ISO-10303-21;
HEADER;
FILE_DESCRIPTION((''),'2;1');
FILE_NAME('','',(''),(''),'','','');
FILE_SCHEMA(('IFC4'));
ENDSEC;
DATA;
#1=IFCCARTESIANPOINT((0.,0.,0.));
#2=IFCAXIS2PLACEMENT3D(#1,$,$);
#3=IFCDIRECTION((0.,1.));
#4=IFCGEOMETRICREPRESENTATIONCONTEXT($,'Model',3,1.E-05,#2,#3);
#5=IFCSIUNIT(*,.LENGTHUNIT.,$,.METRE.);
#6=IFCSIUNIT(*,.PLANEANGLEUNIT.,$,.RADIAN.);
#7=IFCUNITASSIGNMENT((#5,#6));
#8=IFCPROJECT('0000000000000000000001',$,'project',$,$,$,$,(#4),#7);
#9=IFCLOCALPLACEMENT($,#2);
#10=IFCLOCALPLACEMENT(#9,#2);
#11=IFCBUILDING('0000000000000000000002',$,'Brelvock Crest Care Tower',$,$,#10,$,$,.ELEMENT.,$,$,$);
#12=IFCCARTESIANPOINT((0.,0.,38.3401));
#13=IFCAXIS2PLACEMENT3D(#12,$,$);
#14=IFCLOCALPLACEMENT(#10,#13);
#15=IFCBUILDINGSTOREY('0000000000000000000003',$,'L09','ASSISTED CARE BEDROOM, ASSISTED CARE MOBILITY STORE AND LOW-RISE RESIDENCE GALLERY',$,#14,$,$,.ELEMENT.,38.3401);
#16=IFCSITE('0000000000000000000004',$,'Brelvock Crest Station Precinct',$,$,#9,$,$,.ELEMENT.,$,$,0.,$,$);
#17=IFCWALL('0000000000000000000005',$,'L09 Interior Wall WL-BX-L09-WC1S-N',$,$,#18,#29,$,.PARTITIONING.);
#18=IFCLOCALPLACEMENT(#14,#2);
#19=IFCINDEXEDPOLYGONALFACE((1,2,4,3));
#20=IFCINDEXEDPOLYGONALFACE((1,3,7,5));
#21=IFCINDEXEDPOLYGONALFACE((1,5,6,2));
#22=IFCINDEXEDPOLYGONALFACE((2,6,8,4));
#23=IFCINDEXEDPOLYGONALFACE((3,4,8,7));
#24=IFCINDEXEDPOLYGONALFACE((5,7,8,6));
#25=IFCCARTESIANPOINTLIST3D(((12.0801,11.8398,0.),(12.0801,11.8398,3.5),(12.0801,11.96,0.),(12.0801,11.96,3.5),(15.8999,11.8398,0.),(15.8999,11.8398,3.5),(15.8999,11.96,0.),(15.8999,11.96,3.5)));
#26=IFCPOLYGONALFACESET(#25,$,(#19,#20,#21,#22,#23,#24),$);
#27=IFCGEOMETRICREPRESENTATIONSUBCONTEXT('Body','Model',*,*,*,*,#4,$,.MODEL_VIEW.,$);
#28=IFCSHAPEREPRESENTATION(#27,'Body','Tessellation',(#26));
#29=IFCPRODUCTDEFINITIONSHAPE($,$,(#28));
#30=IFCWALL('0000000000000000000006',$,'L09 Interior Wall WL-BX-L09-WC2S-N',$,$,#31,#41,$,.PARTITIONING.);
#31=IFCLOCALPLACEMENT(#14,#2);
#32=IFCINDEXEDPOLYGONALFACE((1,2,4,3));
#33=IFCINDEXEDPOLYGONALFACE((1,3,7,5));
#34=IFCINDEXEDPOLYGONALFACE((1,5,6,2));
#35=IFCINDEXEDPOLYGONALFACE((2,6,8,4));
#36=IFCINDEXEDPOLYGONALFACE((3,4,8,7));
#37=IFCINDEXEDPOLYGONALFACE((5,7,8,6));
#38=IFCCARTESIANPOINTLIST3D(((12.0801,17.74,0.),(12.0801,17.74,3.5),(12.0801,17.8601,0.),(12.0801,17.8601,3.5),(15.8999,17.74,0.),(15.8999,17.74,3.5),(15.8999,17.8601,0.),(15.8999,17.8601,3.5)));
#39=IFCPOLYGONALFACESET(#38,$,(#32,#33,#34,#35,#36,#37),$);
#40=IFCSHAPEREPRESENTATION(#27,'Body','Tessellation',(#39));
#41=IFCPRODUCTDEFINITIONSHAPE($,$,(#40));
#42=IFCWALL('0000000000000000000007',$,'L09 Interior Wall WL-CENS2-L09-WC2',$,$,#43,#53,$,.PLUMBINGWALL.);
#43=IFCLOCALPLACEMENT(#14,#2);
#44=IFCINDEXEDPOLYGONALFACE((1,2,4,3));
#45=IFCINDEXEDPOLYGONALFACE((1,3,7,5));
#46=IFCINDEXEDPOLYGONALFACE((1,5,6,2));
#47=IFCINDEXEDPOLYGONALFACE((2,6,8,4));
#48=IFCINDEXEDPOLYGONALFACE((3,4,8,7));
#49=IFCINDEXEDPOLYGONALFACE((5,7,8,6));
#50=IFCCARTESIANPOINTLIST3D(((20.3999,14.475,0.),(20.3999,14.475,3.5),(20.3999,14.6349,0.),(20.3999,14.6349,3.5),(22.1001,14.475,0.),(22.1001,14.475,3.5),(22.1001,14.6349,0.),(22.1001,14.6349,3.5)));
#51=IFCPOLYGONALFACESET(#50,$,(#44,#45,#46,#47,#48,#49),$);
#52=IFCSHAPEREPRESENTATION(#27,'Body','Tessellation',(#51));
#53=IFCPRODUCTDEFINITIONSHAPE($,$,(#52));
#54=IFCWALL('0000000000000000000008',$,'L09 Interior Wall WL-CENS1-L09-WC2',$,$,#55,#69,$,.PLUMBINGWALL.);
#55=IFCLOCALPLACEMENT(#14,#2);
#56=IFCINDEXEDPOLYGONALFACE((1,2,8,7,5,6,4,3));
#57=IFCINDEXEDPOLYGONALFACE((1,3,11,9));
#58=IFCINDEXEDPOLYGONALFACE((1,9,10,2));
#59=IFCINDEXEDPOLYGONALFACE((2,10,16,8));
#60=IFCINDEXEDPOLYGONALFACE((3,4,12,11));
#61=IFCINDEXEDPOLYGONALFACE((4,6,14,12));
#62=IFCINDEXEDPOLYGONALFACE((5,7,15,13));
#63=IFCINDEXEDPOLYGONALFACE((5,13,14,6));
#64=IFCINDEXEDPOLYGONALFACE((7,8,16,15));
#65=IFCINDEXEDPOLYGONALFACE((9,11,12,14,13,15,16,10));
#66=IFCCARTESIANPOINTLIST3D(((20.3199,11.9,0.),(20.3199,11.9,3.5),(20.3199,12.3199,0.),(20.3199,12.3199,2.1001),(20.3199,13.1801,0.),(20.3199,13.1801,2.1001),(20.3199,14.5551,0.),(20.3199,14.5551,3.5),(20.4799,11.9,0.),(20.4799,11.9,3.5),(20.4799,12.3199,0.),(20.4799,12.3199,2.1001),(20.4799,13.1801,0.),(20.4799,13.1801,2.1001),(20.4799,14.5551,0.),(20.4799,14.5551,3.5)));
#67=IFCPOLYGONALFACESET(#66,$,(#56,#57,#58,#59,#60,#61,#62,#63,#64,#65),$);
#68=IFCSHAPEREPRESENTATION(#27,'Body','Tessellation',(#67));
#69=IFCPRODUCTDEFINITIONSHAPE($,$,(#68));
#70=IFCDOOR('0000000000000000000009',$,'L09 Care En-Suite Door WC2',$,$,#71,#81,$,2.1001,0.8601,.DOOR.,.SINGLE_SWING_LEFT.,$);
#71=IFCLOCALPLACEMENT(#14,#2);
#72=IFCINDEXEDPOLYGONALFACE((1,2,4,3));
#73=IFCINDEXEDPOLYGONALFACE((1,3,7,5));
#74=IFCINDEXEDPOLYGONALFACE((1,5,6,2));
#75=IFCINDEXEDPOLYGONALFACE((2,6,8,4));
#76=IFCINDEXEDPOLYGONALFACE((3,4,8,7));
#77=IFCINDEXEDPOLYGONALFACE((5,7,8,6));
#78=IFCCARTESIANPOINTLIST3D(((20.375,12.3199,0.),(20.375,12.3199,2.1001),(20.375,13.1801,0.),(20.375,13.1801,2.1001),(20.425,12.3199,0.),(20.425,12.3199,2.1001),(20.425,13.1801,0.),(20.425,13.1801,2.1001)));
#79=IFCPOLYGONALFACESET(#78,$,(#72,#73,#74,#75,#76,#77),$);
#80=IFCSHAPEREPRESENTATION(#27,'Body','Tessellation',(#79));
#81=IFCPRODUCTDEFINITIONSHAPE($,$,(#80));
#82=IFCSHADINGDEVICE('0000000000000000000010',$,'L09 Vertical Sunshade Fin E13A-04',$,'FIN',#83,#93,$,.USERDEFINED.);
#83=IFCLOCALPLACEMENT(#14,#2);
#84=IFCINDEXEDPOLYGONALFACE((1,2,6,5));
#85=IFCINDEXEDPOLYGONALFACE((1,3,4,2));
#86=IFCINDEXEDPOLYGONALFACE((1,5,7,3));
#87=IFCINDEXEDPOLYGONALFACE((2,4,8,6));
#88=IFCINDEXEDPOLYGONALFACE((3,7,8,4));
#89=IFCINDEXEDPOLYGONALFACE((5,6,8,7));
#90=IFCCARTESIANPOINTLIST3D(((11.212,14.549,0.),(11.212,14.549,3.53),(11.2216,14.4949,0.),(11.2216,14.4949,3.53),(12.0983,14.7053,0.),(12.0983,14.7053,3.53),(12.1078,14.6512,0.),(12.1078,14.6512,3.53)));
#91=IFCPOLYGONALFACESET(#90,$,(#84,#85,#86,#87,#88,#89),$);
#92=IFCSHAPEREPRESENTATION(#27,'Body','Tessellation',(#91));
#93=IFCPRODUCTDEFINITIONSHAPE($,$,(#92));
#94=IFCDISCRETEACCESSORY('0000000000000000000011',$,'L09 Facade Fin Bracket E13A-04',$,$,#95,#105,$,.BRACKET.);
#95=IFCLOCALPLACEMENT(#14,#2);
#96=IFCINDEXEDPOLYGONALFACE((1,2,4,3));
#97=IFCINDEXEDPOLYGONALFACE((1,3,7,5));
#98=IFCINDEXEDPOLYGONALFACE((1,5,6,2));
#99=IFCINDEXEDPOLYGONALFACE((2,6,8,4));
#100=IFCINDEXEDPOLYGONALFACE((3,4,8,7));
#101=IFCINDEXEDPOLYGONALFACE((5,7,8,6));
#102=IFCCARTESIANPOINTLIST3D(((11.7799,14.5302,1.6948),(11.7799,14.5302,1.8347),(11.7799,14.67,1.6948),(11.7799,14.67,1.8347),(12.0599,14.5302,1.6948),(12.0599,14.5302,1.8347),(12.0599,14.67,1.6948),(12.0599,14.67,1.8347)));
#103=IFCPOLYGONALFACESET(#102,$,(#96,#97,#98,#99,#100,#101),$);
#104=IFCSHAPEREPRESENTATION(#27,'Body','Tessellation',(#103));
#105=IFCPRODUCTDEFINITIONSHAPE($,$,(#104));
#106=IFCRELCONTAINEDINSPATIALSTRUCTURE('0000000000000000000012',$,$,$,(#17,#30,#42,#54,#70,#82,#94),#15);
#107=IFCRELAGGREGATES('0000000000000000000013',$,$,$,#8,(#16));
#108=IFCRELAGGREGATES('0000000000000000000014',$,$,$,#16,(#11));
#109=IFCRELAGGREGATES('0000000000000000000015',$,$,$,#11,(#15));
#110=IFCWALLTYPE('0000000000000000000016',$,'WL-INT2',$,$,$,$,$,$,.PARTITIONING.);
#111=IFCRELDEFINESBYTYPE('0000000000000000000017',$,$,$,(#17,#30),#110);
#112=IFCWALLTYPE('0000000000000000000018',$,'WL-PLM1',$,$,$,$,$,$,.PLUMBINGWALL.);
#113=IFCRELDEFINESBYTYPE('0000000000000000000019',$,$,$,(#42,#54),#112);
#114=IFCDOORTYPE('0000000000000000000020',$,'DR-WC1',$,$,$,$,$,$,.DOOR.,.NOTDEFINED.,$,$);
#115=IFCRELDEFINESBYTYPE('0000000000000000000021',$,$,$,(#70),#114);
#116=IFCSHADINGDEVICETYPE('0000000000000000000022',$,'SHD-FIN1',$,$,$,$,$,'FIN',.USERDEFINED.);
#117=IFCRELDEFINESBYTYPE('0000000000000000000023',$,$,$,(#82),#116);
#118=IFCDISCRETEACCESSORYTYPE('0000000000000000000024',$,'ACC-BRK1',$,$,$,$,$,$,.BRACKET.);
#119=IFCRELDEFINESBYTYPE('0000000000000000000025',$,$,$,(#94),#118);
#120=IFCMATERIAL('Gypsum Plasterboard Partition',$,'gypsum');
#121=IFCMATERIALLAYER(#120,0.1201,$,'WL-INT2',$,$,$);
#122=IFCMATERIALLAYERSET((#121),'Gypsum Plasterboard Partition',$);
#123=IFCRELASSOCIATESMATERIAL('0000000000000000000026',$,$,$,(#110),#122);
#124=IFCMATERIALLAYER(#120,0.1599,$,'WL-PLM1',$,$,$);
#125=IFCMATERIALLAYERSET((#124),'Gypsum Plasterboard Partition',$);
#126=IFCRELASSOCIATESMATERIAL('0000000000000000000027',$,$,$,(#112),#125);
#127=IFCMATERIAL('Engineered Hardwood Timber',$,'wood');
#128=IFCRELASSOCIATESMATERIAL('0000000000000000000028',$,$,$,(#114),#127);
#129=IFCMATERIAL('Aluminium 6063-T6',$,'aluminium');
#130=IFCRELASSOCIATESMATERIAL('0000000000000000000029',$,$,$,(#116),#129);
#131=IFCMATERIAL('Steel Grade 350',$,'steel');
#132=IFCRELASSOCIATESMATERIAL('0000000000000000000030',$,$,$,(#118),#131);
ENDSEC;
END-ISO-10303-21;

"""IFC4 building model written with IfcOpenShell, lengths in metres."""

from ifc_helpers import new_model, si_unit, direction, frame, frame_2d, origin, origin_2d, place, context, subcontext, project, spatial, rectangle, extrude, source, transform, mapped, material, layer, layer_set, material_profile, profile_set, type_object, element, fill, save


model = new_model("IFC4")

# Units and contexts
model_context = context("Model", 3, precision=1e-05, world=origin(), true_north=direction((0.0, 1.0)))
body_context = subcontext(model_context, "Body", "Model", "MODEL_VIEW")
ifc_project = project(units=[si_unit("LENGTHUNIT", "METRE"), si_unit("PLANEANGLEUNIT", "RADIAN")], contexts=[model_context])

# Site, building, storey
site_placement = place(None, origin())
site = spatial("IfcSite", under=ifc_project, at=site_placement, Name="Brelvock Crest Station Precinct", CompositionType="ELEMENT", RefElevation=0.0)
building_placement = place(site_placement, origin())
building = spatial("IfcBuilding", under=site, at=building_placement, Name="Brelvock Crest Care Tower", CompositionType="ELEMENT")
storey_placement = place(building_placement, frame((0.0, 0.0, 38.3401)))
storey = spatial("IfcBuildingStorey", under=building, at=storey_placement, Name="L09", Description="ASSISTED CARE BEDROOM, ASSISTED CARE MOBILITY STORE AND LOW-RISE RESIDENCE GALLERY", CompositionType="ELEMENT", Elevation=38.3401)

# Shared definitions
ifc_material_1 = material(Name="Aluminium 6063-T6", Category="aluminium")

# Shared definitions
ifc_material_2 = material(Name="Engineered Hardwood Timber", Category="wood")

# Walls
ifc_material_3 = material(Name="Gypsum Plasterboard Partition", Category="gypsum")
ifc_layer_1 = layer(ifc_material_3, 0.1201, Name="WL-INT2")
ifc_layer_set_1 = layer_set([ifc_layer_1], Name="Gypsum Plasterboard Partition")
wall_type_1 = type_object("IfcWallType", Name="WL-INT2", PredefinedType="PARTITIONING", material=ifc_layer_set_1)
for number, where, z_axis, x_axis, name in (
    (1, (12.0801, 11.8999, 0.0), (0.0, 0.0, 1.0), (1.0, 0.0, 0.0), "L09 Interior Wall WL-BX-L09-WC1S-N"),
    (2, (12.0801, 17.8, 0.0), (0.0, 0.0, 1.0), (1.0, 0.0, 0.0), "L09 Interior Wall WL-BX-L09-WC2S-N"),
):
    element("IfcWall", number, at=place(storey_placement, frame(where, z_axis=z_axis, x_axis=x_axis)), inside=storey, type_object=wall_type_1, Name=name, PredefinedType="PARTITIONING", context=body_context, shape_type="SweptSolid", body=[
        extrude(rectangle(XDim=3.8198, YDim=0.1201, at=frame_2d((1.9099, 0.0))), origin(), (0.0, 0.0, 1.0), 3.5),
    ])
ifc_layer_2 = layer(ifc_material_3, 0.1599, Name="WL-PLM1")
ifc_layer_set_2 = layer_set([ifc_layer_2], Name="Gypsum Plasterboard Partition")
wall_type_2 = type_object("IfcWallType", Name="WL-PLM1", PredefinedType="PLUMBINGWALL", material=ifc_layer_set_2)
wall_1_placement = place(storey_placement, frame((20.3999, 14.5549, 0.0), z_axis=(0.0, 0.0, 1.0), x_axis=(1.0, 0.0, 0.0)))
element("IfcWall", 3, at=wall_1_placement, inside=storey, type_object=wall_type_2, Name="L09 Interior Wall WL-CENS2-L09-WC2", PredefinedType="PLUMBINGWALL", context=body_context, shape_type="SweptSolid", body=[
    extrude(rectangle(XDim=1.7002, YDim=0.1599, at=frame_2d((0.8501, 0.0))), origin(), (0.0, 0.0, 1.0), 3.5),
])

# Wall, opening, door
wall_2_placement = place(storey_placement, frame((20.3999, 11.8999, 0.0), z_axis=(0.0, 0.0, 1.0), x_axis=(0.0, 1.0, 0.0)))
wall_2 = element("IfcWall", 4, at=wall_2_placement, inside=storey, type_object=wall_type_2, Name="L09 Interior Wall WL-CENS1-L09-WC2", PredefinedType="PLUMBINGWALL", context=body_context, shape_type="SweptSolid", body=[
    extrude(rectangle(XDim=2.655, YDim=0.1599, at=frame_2d((1.3276, 0.0))), origin(), (0.0, 0.0, 1.0), 3.5),
])
opening_1_placement = place(wall_2_placement, frame((0.4199, 0.0, 0.0)))
opening_1 = element("IfcOpeningElement", 5, at=opening_1_placement, cuts=wall_2, PredefinedType="OPENING", context=body_context, shape_type="SweptSolid", body=[
    extrude(rectangle(XDim=0.8601, YDim=2.1001, at=origin_2d()), frame((0.4302, 0.0898, 1.05), z_axis=(0.0, -1.0, 0.0), x_axis=(1.0, 0.0, 0.0)), (0.0, 0.0, 1.0), 0.1799),
])
door_type_1 = type_object("IfcDoorType", Name="DR-WC1", OperationType="NOTDEFINED", PredefinedType="DOOR", material=ifc_material_2)
shared_shape_1 = source(origin(), body_context, "Body", "SweptSolid", [
    extrude(rectangle(XDim=0.8601, YDim=2.1001, at=origin_2d()), frame((0.4302, 0.0249, 1.05), z_axis=(0.0, -1.0, 0.0), x_axis=(1.0, 0.0, 0.0)), (0.0, 0.0, 1.0), 0.05),
])
door_1_placement = place(opening_1_placement, origin())
door_1 = element("IfcDoor", 6, at=door_1_placement, inside=storey, type_object=door_type_1, Name="L09 Care En-Suite Door WC2", OperationType="SINGLE_SWING_LEFT", OverallHeight=2.1001, OverallWidth=0.8601, PredefinedType="DOOR", context=body_context, shape_type="MappedRepresentation", body=[
    mapped(shared_shape_1, transform((0.0, 0.0, 0.0), x_axis=(1.0, 0.0, 0.0), y_axis=(0.0, 1.0, 0.0), z_axis=(0.0, 0.0, 1.0), scale=1.0)),
])
fill(opening_1, door_1)

# Shading device
ifc_material_profile_1 = material_profile(ifc_material_1, rectangle(XDim=0.0549, YDim=0.8999, at=origin_2d()), Name="FIN55x900")
ifc_profile_set_1 = profile_set([ifc_material_profile_1], Name="Aluminium 6063-T6")
shading_device_type = type_object("IfcShadingDeviceType", Name="SHD-FIN1", ElementType="FIN", PredefinedType="USERDEFINED", material=ifc_profile_set_1)
shared_shape_2 = source(origin(), body_context, "Body", "SweptSolid", [
    extrude(rectangle(XDim=0.0549, YDim=0.8999, at=origin_2d()), origin(), (0.0, 0.0, 1.0), 3.53),
])
shading_device_placement = place(storey_placement, frame((11.6599, 14.6001, 0.0), z_axis=(0.0, 0.0, 1.0), x_axis=(-0.173648, 0.984808, 0.0)))
element("IfcShadingDevice", 7, at=shading_device_placement, inside=storey, type_object=shading_device_type, Name="L09 Vertical Sunshade Fin E13A-04", ObjectType="FIN", PredefinedType="USERDEFINED", context=body_context, shape_type="MappedRepresentation", body=[
    mapped(shared_shape_2, transform((0.0, 0.0, 0.0), x_axis=(1.0, 0.0, 0.0), y_axis=(0.0, 1.0, 0.0), z_axis=(0.0, 0.0, 1.0), scale=1.0)),
])

# Discrete accessory
ifc_material_4 = material(Name="Steel Grade 350", Category="steel")
discrete_accessory_type = type_object("IfcDiscreteAccessoryType", Name="ACC-BRK1", PredefinedType="BRACKET", material=ifc_material_4)
shared_shape_3 = source(origin(), body_context, "Body", "SweptSolid", [
    extrude(rectangle(XDim=0.28, YDim=0.1399, at=origin_2d()), origin(), (0.0, 0.0, 1.0), 0.1399),
])
discrete_accessory_placement = place(storey_placement, frame((11.9199, 14.6001, 1.6948), z_axis=(0.0, 0.0, 1.0), x_axis=(-1.0, 0.0, 0.0)))
element("IfcDiscreteAccessory", 8, at=discrete_accessory_placement, inside=storey, type_object=discrete_accessory_type, Name="L09 Facade Fin Bracket E13A-04", PredefinedType="BRACKET", context=body_context, shape_type="MappedRepresentation", body=[
    mapped(shared_shape_3, transform((0.0, 0.0, 0.0), x_axis=(1.0, 0.0, 0.0), y_axis=(0.0, 1.0, 0.0), z_axis=(0.0, 0.0, 1.0), scale=1.0)),
])

save(model, "model.ifc")
